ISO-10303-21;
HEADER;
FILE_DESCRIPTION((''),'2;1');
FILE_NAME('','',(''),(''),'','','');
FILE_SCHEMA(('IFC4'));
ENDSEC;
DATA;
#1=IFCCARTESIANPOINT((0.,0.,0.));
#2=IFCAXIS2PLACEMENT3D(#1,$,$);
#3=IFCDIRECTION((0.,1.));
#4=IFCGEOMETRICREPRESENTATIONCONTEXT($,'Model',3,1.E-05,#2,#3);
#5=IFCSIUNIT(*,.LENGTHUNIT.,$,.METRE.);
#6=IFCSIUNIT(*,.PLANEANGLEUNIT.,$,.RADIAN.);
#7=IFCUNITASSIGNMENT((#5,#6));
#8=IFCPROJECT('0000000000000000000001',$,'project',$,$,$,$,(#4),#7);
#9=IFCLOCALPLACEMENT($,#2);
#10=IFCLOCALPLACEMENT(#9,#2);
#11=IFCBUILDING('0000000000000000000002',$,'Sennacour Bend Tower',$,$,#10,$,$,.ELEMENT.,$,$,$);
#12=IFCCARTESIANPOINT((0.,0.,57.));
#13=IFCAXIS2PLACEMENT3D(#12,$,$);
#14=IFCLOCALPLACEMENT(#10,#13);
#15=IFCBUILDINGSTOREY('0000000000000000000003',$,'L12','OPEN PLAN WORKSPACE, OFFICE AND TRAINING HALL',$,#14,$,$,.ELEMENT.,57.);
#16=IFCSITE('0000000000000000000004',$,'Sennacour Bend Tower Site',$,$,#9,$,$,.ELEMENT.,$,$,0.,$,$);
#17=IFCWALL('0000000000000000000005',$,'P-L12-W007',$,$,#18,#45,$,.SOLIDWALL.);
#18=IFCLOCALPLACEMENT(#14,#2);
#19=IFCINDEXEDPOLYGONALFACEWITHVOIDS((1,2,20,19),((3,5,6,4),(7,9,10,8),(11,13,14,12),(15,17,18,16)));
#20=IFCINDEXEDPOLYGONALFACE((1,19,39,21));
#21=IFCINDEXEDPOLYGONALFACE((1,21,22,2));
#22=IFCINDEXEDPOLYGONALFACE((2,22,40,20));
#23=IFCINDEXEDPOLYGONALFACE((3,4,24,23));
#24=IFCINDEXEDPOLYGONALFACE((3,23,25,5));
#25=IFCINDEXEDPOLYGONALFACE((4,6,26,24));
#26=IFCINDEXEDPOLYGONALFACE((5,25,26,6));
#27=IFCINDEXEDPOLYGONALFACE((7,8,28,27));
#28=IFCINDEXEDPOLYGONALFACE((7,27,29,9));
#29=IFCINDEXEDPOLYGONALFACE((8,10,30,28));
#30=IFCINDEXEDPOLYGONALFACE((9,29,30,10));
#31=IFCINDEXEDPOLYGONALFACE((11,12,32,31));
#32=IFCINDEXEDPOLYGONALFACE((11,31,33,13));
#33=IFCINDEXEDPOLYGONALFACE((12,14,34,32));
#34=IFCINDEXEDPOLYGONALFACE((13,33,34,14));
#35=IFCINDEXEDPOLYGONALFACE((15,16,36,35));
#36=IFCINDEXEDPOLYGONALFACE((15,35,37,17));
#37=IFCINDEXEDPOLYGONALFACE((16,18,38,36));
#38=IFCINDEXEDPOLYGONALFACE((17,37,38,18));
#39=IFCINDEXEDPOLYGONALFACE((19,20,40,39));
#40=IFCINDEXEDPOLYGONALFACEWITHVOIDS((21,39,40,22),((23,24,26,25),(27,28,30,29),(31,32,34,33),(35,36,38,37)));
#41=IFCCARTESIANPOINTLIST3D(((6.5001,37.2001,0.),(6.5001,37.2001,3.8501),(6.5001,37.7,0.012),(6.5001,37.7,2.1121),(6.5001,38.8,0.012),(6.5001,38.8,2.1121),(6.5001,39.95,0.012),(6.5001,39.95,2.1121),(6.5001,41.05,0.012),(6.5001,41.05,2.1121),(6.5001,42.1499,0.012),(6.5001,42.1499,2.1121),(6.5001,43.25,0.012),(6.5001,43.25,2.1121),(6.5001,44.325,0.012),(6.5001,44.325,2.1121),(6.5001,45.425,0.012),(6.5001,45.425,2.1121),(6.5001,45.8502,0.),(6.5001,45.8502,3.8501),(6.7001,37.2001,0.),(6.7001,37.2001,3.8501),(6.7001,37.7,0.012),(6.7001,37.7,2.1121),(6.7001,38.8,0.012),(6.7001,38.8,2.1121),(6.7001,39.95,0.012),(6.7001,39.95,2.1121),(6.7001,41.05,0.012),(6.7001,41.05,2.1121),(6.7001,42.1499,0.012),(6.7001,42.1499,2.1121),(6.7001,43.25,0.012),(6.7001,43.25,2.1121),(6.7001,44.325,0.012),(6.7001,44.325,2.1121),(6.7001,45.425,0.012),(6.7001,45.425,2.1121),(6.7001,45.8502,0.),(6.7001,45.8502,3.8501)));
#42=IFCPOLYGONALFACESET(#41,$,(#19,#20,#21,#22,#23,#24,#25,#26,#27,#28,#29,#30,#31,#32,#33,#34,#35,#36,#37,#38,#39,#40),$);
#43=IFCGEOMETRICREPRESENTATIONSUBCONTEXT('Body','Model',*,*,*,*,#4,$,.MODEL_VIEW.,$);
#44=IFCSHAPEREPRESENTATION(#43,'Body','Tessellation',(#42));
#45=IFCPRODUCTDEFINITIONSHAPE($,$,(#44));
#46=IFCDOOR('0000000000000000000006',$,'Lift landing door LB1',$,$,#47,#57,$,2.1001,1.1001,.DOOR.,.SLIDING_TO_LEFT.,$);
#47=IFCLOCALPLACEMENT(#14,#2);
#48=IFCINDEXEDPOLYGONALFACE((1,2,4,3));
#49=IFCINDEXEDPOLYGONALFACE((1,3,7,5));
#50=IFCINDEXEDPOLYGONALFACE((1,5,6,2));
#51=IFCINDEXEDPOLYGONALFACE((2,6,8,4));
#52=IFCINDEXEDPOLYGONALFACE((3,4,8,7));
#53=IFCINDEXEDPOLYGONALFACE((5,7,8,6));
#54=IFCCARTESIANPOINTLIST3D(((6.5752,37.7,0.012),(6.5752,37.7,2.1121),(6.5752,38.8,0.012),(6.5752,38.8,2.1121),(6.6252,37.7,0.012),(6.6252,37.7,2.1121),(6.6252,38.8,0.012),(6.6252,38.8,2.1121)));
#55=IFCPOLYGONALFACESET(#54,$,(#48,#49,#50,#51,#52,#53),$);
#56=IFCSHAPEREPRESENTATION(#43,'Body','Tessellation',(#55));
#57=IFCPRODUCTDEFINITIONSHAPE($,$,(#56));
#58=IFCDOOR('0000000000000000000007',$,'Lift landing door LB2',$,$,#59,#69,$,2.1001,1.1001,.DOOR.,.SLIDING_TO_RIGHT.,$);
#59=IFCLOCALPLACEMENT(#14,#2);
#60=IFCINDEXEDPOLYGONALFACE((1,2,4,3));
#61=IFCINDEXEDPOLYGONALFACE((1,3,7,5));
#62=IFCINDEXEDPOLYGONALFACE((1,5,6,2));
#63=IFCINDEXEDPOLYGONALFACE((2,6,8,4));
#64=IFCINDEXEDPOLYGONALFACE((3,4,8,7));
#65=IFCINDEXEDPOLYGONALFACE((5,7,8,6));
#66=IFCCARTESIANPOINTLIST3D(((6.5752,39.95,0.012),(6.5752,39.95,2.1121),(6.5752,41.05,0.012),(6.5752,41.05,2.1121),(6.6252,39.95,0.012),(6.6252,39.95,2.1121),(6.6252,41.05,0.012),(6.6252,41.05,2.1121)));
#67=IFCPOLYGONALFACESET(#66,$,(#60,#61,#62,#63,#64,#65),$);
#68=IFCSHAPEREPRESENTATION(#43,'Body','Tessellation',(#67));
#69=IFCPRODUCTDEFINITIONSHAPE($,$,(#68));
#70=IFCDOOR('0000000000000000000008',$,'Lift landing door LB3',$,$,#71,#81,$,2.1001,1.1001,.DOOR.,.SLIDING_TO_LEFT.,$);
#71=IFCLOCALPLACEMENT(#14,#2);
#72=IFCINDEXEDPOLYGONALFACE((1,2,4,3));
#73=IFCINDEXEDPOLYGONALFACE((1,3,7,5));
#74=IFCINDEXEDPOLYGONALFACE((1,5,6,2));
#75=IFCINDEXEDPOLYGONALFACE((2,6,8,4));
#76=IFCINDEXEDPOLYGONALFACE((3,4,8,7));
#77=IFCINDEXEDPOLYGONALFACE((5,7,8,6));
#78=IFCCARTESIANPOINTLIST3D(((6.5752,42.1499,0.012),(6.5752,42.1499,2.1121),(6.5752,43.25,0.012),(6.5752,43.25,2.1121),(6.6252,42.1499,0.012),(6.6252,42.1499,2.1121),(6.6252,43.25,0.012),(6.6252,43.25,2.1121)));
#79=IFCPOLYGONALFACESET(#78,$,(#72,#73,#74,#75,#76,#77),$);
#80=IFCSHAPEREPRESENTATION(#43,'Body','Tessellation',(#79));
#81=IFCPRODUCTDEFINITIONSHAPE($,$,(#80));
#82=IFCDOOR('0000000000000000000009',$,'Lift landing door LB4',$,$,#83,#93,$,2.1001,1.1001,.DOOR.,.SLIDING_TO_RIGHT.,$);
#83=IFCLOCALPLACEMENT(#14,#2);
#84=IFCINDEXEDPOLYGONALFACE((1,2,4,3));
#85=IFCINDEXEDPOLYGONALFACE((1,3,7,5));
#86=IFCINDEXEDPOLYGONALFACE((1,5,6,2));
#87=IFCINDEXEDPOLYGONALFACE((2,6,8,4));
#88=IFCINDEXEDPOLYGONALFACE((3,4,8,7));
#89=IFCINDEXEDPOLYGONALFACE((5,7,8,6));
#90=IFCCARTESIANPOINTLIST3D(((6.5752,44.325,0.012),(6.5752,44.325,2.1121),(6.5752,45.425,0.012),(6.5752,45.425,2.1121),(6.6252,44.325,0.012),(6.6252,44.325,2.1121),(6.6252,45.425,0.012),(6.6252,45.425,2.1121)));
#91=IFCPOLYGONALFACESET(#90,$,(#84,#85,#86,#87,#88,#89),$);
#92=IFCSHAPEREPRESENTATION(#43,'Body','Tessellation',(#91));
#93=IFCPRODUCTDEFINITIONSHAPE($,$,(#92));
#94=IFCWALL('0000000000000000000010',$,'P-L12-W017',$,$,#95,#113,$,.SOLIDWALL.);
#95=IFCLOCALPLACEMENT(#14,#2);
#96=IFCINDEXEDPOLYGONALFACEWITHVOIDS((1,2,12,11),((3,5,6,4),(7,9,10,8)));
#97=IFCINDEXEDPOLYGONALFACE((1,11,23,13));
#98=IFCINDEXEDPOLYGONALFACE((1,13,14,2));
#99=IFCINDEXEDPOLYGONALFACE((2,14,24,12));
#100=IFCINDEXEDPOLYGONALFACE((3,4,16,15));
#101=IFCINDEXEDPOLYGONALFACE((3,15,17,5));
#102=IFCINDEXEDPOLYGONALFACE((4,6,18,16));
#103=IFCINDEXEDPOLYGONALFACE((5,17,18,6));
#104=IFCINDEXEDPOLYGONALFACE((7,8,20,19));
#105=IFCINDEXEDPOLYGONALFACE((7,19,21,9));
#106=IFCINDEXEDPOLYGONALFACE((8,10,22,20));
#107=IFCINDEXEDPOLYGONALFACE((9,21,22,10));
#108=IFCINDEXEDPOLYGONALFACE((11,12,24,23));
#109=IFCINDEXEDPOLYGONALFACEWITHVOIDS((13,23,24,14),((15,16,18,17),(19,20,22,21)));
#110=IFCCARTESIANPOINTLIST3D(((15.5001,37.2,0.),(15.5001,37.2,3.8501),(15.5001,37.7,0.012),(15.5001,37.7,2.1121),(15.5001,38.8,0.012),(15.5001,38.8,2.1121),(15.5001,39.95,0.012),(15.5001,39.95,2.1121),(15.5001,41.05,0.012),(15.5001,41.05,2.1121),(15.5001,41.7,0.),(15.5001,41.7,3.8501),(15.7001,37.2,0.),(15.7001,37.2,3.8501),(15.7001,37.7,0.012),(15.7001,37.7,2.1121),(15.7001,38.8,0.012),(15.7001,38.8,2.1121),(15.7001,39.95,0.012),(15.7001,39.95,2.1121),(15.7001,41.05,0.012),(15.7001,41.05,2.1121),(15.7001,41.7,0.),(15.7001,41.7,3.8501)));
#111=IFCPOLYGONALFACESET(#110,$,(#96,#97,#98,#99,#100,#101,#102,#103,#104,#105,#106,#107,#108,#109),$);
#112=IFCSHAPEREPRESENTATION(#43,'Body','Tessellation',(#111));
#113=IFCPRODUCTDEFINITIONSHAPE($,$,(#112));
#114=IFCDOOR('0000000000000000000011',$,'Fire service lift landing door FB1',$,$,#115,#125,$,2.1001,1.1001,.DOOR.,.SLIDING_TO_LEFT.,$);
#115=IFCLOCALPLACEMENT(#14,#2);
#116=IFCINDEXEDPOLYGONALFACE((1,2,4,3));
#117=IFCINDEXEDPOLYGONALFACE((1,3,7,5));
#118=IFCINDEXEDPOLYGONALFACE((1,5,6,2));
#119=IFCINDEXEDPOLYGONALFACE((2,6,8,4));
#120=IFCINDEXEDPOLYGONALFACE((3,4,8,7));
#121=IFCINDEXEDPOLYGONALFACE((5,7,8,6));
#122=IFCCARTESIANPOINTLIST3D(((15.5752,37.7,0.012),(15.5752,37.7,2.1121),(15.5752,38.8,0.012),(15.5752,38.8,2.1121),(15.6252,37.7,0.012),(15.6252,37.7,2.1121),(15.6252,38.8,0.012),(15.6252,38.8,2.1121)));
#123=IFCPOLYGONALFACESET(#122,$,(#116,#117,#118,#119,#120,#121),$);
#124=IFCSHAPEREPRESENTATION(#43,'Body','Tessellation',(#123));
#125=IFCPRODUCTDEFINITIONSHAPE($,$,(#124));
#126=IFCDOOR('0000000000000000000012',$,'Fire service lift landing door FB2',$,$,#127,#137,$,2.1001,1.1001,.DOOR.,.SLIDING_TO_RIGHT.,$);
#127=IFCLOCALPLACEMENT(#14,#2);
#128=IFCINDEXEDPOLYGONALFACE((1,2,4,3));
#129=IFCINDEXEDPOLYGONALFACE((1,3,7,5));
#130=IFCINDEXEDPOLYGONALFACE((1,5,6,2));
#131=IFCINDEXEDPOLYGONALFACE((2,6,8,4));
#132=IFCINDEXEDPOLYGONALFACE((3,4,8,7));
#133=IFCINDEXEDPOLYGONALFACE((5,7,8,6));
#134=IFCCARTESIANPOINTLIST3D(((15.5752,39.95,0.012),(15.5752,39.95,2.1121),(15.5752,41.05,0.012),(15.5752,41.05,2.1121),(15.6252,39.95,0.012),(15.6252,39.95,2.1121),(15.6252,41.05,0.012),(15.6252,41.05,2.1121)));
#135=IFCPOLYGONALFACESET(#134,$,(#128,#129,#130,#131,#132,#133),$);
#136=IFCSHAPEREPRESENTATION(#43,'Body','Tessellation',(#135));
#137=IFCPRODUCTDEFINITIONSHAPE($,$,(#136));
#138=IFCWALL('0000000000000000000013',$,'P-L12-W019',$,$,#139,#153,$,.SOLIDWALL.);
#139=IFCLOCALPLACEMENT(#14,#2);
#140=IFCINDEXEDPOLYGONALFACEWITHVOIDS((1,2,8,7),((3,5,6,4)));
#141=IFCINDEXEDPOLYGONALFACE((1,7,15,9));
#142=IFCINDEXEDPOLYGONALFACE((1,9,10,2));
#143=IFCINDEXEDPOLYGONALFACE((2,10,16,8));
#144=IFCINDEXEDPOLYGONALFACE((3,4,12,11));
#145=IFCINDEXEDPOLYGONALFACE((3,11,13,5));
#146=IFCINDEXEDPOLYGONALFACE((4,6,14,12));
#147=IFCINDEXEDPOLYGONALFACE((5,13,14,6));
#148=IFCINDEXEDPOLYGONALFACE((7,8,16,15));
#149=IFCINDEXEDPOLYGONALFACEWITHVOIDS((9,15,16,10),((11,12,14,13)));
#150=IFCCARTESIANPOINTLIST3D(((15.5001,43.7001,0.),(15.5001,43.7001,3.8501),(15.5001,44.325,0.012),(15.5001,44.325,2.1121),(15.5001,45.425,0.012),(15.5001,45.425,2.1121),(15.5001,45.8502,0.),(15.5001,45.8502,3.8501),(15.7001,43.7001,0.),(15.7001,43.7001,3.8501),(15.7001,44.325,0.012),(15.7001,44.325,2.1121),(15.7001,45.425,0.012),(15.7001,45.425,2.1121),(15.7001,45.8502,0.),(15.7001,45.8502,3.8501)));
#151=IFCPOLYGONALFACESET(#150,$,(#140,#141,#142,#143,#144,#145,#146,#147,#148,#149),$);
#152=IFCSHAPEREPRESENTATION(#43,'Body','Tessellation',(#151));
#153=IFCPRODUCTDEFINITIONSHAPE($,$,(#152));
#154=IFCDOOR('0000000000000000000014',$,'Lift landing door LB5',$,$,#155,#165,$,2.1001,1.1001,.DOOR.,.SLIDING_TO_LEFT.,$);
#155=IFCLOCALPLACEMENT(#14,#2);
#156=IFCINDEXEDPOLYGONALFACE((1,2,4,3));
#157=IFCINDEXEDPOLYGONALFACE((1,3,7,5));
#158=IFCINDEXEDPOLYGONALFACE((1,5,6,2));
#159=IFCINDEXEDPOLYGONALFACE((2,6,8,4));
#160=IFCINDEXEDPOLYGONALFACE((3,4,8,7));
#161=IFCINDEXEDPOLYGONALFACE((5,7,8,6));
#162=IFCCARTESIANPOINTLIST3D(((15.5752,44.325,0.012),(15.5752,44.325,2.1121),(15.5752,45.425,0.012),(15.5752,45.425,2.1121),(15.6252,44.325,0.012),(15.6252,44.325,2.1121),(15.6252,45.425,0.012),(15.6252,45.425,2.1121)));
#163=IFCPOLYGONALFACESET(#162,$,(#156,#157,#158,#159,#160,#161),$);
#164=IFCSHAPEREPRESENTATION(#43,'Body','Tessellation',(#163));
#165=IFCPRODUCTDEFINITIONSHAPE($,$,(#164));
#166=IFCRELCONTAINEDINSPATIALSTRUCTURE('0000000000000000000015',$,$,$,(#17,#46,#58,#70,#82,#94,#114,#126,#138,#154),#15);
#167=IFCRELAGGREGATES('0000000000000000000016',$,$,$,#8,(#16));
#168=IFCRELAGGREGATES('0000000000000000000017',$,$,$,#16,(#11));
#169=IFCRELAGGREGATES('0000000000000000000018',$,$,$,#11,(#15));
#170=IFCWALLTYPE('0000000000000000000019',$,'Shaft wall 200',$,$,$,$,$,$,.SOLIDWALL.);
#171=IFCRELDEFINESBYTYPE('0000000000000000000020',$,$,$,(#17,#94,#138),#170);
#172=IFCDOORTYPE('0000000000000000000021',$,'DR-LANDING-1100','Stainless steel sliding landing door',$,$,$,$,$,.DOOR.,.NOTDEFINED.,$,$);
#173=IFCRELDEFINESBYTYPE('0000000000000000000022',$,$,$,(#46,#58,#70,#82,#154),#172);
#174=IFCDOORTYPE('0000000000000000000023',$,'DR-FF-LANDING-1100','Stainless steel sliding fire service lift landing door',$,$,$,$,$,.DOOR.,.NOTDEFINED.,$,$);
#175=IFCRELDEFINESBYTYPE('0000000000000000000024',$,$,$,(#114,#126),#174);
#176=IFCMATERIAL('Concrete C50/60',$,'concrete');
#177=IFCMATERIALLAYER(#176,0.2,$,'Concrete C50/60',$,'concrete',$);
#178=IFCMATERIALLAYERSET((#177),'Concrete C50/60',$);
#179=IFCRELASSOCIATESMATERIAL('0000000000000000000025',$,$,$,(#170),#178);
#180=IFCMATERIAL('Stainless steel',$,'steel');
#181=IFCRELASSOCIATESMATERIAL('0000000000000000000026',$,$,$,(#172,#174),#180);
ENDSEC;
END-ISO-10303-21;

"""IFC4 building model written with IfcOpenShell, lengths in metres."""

from ifc_helpers import new_model, si_unit, direction, frame, frame_2d, origin, place, context, subcontext, project, spatial, rectangle, extrude, material, layer, layer_set, type_object, element, fill, save


model = new_model("IFC4")

# Units and contexts
model_context = context("Model", 3, precision=1e-05, world=origin(), true_north=direction((0.0, 1.0)))
body_context = subcontext(model_context, "Body", "Model", "MODEL_VIEW")
ifc_project = project(units=[si_unit("LENGTHUNIT", "METRE"), si_unit("PLANEANGLEUNIT", "RADIAN")], contexts=[model_context])

# Site, building, storey
site_placement = place(None, origin())
site = spatial("IfcSite", under=ifc_project, at=site_placement, Name="Sennacour Bend Tower Site", CompositionType="ELEMENT", RefElevation=0.0)
building_placement = place(site_placement, origin())
building = spatial("IfcBuilding", under=site, at=building_placement, Name="Sennacour Bend Tower", CompositionType="ELEMENT")
storey_placement = place(building_placement, frame((0.0, 0.0, 57.0)))
storey = spatial("IfcBuildingStorey", under=building, at=storey_placement, Name="L12", Description="OPEN PLAN WORKSPACE, OFFICE AND TRAINING HALL", CompositionType="ELEMENT", Elevation=57.0)

# Walls, openings, doors
ifc_material_1 = material(Name="Concrete C50/60", Category="concrete")
ifc_layer_1 = layer(ifc_material_1, 0.2, Name="Concrete C50/60", Category="concrete")
ifc_layer_set_1 = layer_set([ifc_layer_1], Name="Concrete C50/60")
wall_type_1 = type_object("IfcWallType", Name="Shaft wall 200", PredefinedType="SOLIDWALL", material=ifc_layer_set_1)
wall_1_placement = place(storey_placement, frame((6.6001, 37.2, 0.0), z_axis=(0.0, 0.0, 1.0), x_axis=(0.0, 1.0, 0.0)))
wall_1 = element("IfcWall", 1, at=wall_1_placement, inside=storey, type_object=wall_type_1, Name="P-L12-W007", PredefinedType="SOLIDWALL", context=body_context, shape_type="SweptSolid", body=[
    extrude(rectangle(XDim=8.6501, YDim=0.2, at=frame_2d((4.3252, 0.0))), origin(), (0.0, 0.0, 1.0), 3.8501),
])
opening_1_placement = place(wall_1_placement, frame((0.5, 0.0, 0.012)))
opening_1 = element("IfcOpeningElement", 2, at=opening_1_placement, cuts=wall_1, PredefinedType="OPENING", context=body_context, shape_type="SweptSolid", body=[
    extrude(rectangle(XDim=1.1001, YDim=2.1001, at=frame_2d((0.55, 1.05))), frame((0.0, 0.1099, 0.0), z_axis=(0.0, -1.0, 0.0), x_axis=(1.0, 0.0, 0.0)), (0.0, 0.0, 1.0), 0.22),
])
opening_2_placement = place(wall_1_placement, frame((2.75, 0.0, 0.012)))
opening_2 = element("IfcOpeningElement", 3, at=opening_2_placement, cuts=wall_1, PredefinedType="OPENING", context=body_context, shape_type="SweptSolid", body=[
    extrude(rectangle(XDim=1.1001, YDim=2.1001, at=frame_2d((0.55, 1.05))), frame((0.0, 0.1099, 0.0), z_axis=(0.0, -1.0, 0.0), x_axis=(1.0, 0.0, 0.0)), (0.0, 0.0, 1.0), 0.22),
])
opening_3_placement = place(wall_1_placement, frame((4.95, 0.0, 0.012)))
opening_3 = element("IfcOpeningElement", 4, at=opening_3_placement, cuts=wall_1, PredefinedType="OPENING", context=body_context, shape_type="SweptSolid", body=[
    extrude(rectangle(XDim=1.1001, YDim=2.1001, at=frame_2d((0.55, 1.05))), frame((0.0, 0.1099, 0.0), z_axis=(0.0, -1.0, 0.0), x_axis=(1.0, 0.0, 0.0)), (0.0, 0.0, 1.0), 0.22),
])
opening_4_placement = place(wall_1_placement, frame((7.125, 0.0, 0.012)))
opening_4 = element("IfcOpeningElement", 5, at=opening_4_placement, cuts=wall_1, PredefinedType="OPENING", context=body_context, shape_type="SweptSolid", body=[
    extrude(rectangle(XDim=1.1001, YDim=2.1001, at=frame_2d((0.55, 1.05))), frame((0.0, 0.1099, 0.0), z_axis=(0.0, -1.0, 0.0), x_axis=(1.0, 0.0, 0.0)), (0.0, 0.0, 1.0), 0.22),
])
ifc_material_2 = material(Name="Stainless steel", Category="steel")
door_type_1 = type_object("IfcDoorType", Name="DR-LANDING-1100", Description="Stainless steel sliding landing door", OperationType="NOTDEFINED", PredefinedType="DOOR", material=ifc_material_2)
door_1_placement = place(opening_1_placement, origin())
door_1 = element("IfcDoor", 6, at=door_1_placement, inside=storey, type_object=door_type_1, Name="Lift landing door LB1", OperationType="SLIDING_TO_LEFT", OverallHeight=2.1001, OverallWidth=1.1001, PredefinedType="DOOR", context=body_context, shape_type="SweptSolid", body=[
    extrude(rectangle(XDim=1.1001, YDim=2.1001, at=frame_2d((0.55, 1.05))), frame((0.0, 0.0249, 0.0), z_axis=(0.0, -1.0, 0.0), x_axis=(1.0, 0.0, 0.0)), (0.0, 0.0, 1.0), 0.05),
])
fill(opening_1, door_1)
door_2_placement = place(opening_2_placement, origin())
door_2 = element("IfcDoor", 7, at=door_2_placement, inside=storey, type_object=door_type_1, Name="Lift landing door LB2", OperationType="SLIDING_TO_RIGHT", OverallHeight=2.1001, OverallWidth=1.1001, PredefinedType="DOOR", context=body_context, shape_type="SweptSolid", body=[
    extrude(rectangle(XDim=1.1001, YDim=2.1001, at=frame_2d((0.55, 1.05))), frame((0.0, 0.0249, 0.0), z_axis=(0.0, -1.0, 0.0), x_axis=(1.0, 0.0, 0.0)), (0.0, 0.0, 1.0), 0.05),
])
fill(opening_2, door_2)
door_3_placement = place(opening_3_placement, origin())
door_3 = element("IfcDoor", 8, at=door_3_placement, inside=storey, type_object=door_type_1, Name="Lift landing door LB3", OperationType="SLIDING_TO_LEFT", OverallHeight=2.1001, OverallWidth=1.1001, PredefinedType="DOOR", context=body_context, shape_type="SweptSolid", body=[
    extrude(rectangle(XDim=1.1001, YDim=2.1001, at=frame_2d((0.55, 1.05))), frame((0.0, 0.0249, 0.0), z_axis=(0.0, -1.0, 0.0), x_axis=(1.0, 0.0, 0.0)), (0.0, 0.0, 1.0), 0.05),
])
fill(opening_3, door_3)
door_4_placement = place(opening_4_placement, origin())
door_4 = element("IfcDoor", 9, at=door_4_placement, inside=storey, type_object=door_type_1, Name="Lift landing door LB4", OperationType="SLIDING_TO_RIGHT", OverallHeight=2.1001, OverallWidth=1.1001, PredefinedType="DOOR", context=body_context, shape_type="SweptSolid", body=[
    extrude(rectangle(XDim=1.1001, YDim=2.1001, at=frame_2d((0.55, 1.05))), frame((0.0, 0.0249, 0.0), z_axis=(0.0, -1.0, 0.0), x_axis=(1.0, 0.0, 0.0)), (0.0, 0.0, 1.0), 0.05),
])
fill(opening_4, door_4)
wall_2_placement = place(storey_placement, frame((15.6001, 37.2, 0.0), z_axis=(0.0, 0.0, 1.0), x_axis=(0.0, 1.0, 0.0)))
wall_2 = element("IfcWall", 10, at=wall_2_placement, inside=storey, type_object=wall_type_1, Name="P-L12-W017", PredefinedType="SOLIDWALL", context=body_context, shape_type="SweptSolid", body=[
    extrude(rectangle(XDim=4.5, YDim=0.2, at=frame_2d((2.25, 0.0))), origin(), (0.0, 0.0, 1.0), 3.8501),
])
opening_5_placement = place(wall_2_placement, frame((0.5, 0.0, 0.012)))
opening_5 = element("IfcOpeningElement", 11, at=opening_5_placement, cuts=wall_2, PredefinedType="OPENING", context=body_context, shape_type="SweptSolid", body=[
    extrude(rectangle(XDim=1.1001, YDim=2.1001, at=frame_2d((0.55, 1.05))), frame((0.0, 0.1099, 0.0), z_axis=(0.0, -1.0, 0.0), x_axis=(1.0, 0.0, 0.0)), (0.0, 0.0, 1.0), 0.22),
])
opening_6_placement = place(wall_2_placement, frame((2.75, 0.0, 0.012)))
opening_6 = element("IfcOpeningElement", 12, at=opening_6_placement, cuts=wall_2, PredefinedType="OPENING", context=body_context, shape_type="SweptSolid", body=[
    extrude(rectangle(XDim=1.1001, YDim=2.1001, at=frame_2d((0.55, 1.05))), frame((0.0, 0.1099, 0.0), z_axis=(0.0, -1.0, 0.0), x_axis=(1.0, 0.0, 0.0)), (0.0, 0.0, 1.0), 0.22),
])
door_type_2 = type_object("IfcDoorType", Name="DR-FF-LANDING-1100", Description="Stainless steel sliding fire service lift landing door", OperationType="NOTDEFINED", PredefinedType="DOOR", material=ifc_material_2)
door_5_placement = place(opening_5_placement, origin())
door_5 = element("IfcDoor", 13, at=door_5_placement, inside=storey, type_object=door_type_2, Name="Fire service lift landing door FB1", OperationType="SLIDING_TO_LEFT", OverallHeight=2.1001, OverallWidth=1.1001, PredefinedType="DOOR", context=body_context, shape_type="SweptSolid", body=[
    extrude(rectangle(XDim=1.1001, YDim=2.1001, at=frame_2d((0.55, 1.05))), frame((0.0, 0.0249, 0.0), z_axis=(0.0, -1.0, 0.0), x_axis=(1.0, 0.0, 0.0)), (0.0, 0.0, 1.0), 0.05),
])
fill(opening_5, door_5)
door_6_placement = place(opening_6_placement, origin())
door_6 = element("IfcDoor", 14, at=door_6_placement, inside=storey, type_object=door_type_2, Name="Fire service lift landing door FB2", OperationType="SLIDING_TO_RIGHT", OverallHeight=2.1001, OverallWidth=1.1001, PredefinedType="DOOR", context=body_context, shape_type="SweptSolid", body=[
    extrude(rectangle(XDim=1.1001, YDim=2.1001, at=frame_2d((0.55, 1.05))), frame((0.0, 0.0249, 0.0), z_axis=(0.0, -1.0, 0.0), x_axis=(1.0, 0.0, 0.0)), (0.0, 0.0, 1.0), 0.05),
])
fill(opening_6, door_6)

# Wall, opening, door
wall_3_placement = place(storey_placement, frame((15.6001, 43.7, 0.0), z_axis=(0.0, 0.0, 1.0), x_axis=(0.0, 1.0, 0.0)))
wall_3 = element("IfcWall", 15, at=wall_3_placement, inside=storey, type_object=wall_type_1, Name="P-L12-W019", PredefinedType="SOLIDWALL", context=body_context, shape_type="SweptSolid", body=[
    extrude(rectangle(XDim=2.1501, YDim=0.2, at=frame_2d((1.0752, 0.0))), origin(), (0.0, 0.0, 1.0), 3.8501),
])
opening_7_placement = place(wall_3_placement, frame((0.625, 0.0, 0.012)))
opening_7 = element("IfcOpeningElement", 16, at=opening_7_placement, cuts=wall_3, PredefinedType="OPENING", context=body_context, shape_type="SweptSolid", body=[
    extrude(rectangle(XDim=1.1001, YDim=2.1001, at=frame_2d((0.55, 1.05))), frame((0.0, 0.1099, 0.0), z_axis=(0.0, -1.0, 0.0), x_axis=(1.0, 0.0, 0.0)), (0.0, 0.0, 1.0), 0.22),
])
door_7_placement = place(opening_7_placement, origin())
door_7 = element("IfcDoor", 17, at=door_7_placement, inside=storey, type_object=door_type_1, Name="Lift landing door LB5", OperationType="SLIDING_TO_LEFT", OverallHeight=2.1001, OverallWidth=1.1001, PredefinedType="DOOR", context=body_context, shape_type="SweptSolid", body=[
    extrude(rectangle(XDim=1.1001, YDim=2.1001, at=frame_2d((0.55, 1.05))), frame((0.0, 0.0249, 0.0), z_axis=(0.0, -1.0, 0.0), x_axis=(1.0, 0.0, 0.0)), (0.0, 0.0, 1.0), 0.05),
])
fill(opening_7, door_7)

save(model, "model.ifc")
